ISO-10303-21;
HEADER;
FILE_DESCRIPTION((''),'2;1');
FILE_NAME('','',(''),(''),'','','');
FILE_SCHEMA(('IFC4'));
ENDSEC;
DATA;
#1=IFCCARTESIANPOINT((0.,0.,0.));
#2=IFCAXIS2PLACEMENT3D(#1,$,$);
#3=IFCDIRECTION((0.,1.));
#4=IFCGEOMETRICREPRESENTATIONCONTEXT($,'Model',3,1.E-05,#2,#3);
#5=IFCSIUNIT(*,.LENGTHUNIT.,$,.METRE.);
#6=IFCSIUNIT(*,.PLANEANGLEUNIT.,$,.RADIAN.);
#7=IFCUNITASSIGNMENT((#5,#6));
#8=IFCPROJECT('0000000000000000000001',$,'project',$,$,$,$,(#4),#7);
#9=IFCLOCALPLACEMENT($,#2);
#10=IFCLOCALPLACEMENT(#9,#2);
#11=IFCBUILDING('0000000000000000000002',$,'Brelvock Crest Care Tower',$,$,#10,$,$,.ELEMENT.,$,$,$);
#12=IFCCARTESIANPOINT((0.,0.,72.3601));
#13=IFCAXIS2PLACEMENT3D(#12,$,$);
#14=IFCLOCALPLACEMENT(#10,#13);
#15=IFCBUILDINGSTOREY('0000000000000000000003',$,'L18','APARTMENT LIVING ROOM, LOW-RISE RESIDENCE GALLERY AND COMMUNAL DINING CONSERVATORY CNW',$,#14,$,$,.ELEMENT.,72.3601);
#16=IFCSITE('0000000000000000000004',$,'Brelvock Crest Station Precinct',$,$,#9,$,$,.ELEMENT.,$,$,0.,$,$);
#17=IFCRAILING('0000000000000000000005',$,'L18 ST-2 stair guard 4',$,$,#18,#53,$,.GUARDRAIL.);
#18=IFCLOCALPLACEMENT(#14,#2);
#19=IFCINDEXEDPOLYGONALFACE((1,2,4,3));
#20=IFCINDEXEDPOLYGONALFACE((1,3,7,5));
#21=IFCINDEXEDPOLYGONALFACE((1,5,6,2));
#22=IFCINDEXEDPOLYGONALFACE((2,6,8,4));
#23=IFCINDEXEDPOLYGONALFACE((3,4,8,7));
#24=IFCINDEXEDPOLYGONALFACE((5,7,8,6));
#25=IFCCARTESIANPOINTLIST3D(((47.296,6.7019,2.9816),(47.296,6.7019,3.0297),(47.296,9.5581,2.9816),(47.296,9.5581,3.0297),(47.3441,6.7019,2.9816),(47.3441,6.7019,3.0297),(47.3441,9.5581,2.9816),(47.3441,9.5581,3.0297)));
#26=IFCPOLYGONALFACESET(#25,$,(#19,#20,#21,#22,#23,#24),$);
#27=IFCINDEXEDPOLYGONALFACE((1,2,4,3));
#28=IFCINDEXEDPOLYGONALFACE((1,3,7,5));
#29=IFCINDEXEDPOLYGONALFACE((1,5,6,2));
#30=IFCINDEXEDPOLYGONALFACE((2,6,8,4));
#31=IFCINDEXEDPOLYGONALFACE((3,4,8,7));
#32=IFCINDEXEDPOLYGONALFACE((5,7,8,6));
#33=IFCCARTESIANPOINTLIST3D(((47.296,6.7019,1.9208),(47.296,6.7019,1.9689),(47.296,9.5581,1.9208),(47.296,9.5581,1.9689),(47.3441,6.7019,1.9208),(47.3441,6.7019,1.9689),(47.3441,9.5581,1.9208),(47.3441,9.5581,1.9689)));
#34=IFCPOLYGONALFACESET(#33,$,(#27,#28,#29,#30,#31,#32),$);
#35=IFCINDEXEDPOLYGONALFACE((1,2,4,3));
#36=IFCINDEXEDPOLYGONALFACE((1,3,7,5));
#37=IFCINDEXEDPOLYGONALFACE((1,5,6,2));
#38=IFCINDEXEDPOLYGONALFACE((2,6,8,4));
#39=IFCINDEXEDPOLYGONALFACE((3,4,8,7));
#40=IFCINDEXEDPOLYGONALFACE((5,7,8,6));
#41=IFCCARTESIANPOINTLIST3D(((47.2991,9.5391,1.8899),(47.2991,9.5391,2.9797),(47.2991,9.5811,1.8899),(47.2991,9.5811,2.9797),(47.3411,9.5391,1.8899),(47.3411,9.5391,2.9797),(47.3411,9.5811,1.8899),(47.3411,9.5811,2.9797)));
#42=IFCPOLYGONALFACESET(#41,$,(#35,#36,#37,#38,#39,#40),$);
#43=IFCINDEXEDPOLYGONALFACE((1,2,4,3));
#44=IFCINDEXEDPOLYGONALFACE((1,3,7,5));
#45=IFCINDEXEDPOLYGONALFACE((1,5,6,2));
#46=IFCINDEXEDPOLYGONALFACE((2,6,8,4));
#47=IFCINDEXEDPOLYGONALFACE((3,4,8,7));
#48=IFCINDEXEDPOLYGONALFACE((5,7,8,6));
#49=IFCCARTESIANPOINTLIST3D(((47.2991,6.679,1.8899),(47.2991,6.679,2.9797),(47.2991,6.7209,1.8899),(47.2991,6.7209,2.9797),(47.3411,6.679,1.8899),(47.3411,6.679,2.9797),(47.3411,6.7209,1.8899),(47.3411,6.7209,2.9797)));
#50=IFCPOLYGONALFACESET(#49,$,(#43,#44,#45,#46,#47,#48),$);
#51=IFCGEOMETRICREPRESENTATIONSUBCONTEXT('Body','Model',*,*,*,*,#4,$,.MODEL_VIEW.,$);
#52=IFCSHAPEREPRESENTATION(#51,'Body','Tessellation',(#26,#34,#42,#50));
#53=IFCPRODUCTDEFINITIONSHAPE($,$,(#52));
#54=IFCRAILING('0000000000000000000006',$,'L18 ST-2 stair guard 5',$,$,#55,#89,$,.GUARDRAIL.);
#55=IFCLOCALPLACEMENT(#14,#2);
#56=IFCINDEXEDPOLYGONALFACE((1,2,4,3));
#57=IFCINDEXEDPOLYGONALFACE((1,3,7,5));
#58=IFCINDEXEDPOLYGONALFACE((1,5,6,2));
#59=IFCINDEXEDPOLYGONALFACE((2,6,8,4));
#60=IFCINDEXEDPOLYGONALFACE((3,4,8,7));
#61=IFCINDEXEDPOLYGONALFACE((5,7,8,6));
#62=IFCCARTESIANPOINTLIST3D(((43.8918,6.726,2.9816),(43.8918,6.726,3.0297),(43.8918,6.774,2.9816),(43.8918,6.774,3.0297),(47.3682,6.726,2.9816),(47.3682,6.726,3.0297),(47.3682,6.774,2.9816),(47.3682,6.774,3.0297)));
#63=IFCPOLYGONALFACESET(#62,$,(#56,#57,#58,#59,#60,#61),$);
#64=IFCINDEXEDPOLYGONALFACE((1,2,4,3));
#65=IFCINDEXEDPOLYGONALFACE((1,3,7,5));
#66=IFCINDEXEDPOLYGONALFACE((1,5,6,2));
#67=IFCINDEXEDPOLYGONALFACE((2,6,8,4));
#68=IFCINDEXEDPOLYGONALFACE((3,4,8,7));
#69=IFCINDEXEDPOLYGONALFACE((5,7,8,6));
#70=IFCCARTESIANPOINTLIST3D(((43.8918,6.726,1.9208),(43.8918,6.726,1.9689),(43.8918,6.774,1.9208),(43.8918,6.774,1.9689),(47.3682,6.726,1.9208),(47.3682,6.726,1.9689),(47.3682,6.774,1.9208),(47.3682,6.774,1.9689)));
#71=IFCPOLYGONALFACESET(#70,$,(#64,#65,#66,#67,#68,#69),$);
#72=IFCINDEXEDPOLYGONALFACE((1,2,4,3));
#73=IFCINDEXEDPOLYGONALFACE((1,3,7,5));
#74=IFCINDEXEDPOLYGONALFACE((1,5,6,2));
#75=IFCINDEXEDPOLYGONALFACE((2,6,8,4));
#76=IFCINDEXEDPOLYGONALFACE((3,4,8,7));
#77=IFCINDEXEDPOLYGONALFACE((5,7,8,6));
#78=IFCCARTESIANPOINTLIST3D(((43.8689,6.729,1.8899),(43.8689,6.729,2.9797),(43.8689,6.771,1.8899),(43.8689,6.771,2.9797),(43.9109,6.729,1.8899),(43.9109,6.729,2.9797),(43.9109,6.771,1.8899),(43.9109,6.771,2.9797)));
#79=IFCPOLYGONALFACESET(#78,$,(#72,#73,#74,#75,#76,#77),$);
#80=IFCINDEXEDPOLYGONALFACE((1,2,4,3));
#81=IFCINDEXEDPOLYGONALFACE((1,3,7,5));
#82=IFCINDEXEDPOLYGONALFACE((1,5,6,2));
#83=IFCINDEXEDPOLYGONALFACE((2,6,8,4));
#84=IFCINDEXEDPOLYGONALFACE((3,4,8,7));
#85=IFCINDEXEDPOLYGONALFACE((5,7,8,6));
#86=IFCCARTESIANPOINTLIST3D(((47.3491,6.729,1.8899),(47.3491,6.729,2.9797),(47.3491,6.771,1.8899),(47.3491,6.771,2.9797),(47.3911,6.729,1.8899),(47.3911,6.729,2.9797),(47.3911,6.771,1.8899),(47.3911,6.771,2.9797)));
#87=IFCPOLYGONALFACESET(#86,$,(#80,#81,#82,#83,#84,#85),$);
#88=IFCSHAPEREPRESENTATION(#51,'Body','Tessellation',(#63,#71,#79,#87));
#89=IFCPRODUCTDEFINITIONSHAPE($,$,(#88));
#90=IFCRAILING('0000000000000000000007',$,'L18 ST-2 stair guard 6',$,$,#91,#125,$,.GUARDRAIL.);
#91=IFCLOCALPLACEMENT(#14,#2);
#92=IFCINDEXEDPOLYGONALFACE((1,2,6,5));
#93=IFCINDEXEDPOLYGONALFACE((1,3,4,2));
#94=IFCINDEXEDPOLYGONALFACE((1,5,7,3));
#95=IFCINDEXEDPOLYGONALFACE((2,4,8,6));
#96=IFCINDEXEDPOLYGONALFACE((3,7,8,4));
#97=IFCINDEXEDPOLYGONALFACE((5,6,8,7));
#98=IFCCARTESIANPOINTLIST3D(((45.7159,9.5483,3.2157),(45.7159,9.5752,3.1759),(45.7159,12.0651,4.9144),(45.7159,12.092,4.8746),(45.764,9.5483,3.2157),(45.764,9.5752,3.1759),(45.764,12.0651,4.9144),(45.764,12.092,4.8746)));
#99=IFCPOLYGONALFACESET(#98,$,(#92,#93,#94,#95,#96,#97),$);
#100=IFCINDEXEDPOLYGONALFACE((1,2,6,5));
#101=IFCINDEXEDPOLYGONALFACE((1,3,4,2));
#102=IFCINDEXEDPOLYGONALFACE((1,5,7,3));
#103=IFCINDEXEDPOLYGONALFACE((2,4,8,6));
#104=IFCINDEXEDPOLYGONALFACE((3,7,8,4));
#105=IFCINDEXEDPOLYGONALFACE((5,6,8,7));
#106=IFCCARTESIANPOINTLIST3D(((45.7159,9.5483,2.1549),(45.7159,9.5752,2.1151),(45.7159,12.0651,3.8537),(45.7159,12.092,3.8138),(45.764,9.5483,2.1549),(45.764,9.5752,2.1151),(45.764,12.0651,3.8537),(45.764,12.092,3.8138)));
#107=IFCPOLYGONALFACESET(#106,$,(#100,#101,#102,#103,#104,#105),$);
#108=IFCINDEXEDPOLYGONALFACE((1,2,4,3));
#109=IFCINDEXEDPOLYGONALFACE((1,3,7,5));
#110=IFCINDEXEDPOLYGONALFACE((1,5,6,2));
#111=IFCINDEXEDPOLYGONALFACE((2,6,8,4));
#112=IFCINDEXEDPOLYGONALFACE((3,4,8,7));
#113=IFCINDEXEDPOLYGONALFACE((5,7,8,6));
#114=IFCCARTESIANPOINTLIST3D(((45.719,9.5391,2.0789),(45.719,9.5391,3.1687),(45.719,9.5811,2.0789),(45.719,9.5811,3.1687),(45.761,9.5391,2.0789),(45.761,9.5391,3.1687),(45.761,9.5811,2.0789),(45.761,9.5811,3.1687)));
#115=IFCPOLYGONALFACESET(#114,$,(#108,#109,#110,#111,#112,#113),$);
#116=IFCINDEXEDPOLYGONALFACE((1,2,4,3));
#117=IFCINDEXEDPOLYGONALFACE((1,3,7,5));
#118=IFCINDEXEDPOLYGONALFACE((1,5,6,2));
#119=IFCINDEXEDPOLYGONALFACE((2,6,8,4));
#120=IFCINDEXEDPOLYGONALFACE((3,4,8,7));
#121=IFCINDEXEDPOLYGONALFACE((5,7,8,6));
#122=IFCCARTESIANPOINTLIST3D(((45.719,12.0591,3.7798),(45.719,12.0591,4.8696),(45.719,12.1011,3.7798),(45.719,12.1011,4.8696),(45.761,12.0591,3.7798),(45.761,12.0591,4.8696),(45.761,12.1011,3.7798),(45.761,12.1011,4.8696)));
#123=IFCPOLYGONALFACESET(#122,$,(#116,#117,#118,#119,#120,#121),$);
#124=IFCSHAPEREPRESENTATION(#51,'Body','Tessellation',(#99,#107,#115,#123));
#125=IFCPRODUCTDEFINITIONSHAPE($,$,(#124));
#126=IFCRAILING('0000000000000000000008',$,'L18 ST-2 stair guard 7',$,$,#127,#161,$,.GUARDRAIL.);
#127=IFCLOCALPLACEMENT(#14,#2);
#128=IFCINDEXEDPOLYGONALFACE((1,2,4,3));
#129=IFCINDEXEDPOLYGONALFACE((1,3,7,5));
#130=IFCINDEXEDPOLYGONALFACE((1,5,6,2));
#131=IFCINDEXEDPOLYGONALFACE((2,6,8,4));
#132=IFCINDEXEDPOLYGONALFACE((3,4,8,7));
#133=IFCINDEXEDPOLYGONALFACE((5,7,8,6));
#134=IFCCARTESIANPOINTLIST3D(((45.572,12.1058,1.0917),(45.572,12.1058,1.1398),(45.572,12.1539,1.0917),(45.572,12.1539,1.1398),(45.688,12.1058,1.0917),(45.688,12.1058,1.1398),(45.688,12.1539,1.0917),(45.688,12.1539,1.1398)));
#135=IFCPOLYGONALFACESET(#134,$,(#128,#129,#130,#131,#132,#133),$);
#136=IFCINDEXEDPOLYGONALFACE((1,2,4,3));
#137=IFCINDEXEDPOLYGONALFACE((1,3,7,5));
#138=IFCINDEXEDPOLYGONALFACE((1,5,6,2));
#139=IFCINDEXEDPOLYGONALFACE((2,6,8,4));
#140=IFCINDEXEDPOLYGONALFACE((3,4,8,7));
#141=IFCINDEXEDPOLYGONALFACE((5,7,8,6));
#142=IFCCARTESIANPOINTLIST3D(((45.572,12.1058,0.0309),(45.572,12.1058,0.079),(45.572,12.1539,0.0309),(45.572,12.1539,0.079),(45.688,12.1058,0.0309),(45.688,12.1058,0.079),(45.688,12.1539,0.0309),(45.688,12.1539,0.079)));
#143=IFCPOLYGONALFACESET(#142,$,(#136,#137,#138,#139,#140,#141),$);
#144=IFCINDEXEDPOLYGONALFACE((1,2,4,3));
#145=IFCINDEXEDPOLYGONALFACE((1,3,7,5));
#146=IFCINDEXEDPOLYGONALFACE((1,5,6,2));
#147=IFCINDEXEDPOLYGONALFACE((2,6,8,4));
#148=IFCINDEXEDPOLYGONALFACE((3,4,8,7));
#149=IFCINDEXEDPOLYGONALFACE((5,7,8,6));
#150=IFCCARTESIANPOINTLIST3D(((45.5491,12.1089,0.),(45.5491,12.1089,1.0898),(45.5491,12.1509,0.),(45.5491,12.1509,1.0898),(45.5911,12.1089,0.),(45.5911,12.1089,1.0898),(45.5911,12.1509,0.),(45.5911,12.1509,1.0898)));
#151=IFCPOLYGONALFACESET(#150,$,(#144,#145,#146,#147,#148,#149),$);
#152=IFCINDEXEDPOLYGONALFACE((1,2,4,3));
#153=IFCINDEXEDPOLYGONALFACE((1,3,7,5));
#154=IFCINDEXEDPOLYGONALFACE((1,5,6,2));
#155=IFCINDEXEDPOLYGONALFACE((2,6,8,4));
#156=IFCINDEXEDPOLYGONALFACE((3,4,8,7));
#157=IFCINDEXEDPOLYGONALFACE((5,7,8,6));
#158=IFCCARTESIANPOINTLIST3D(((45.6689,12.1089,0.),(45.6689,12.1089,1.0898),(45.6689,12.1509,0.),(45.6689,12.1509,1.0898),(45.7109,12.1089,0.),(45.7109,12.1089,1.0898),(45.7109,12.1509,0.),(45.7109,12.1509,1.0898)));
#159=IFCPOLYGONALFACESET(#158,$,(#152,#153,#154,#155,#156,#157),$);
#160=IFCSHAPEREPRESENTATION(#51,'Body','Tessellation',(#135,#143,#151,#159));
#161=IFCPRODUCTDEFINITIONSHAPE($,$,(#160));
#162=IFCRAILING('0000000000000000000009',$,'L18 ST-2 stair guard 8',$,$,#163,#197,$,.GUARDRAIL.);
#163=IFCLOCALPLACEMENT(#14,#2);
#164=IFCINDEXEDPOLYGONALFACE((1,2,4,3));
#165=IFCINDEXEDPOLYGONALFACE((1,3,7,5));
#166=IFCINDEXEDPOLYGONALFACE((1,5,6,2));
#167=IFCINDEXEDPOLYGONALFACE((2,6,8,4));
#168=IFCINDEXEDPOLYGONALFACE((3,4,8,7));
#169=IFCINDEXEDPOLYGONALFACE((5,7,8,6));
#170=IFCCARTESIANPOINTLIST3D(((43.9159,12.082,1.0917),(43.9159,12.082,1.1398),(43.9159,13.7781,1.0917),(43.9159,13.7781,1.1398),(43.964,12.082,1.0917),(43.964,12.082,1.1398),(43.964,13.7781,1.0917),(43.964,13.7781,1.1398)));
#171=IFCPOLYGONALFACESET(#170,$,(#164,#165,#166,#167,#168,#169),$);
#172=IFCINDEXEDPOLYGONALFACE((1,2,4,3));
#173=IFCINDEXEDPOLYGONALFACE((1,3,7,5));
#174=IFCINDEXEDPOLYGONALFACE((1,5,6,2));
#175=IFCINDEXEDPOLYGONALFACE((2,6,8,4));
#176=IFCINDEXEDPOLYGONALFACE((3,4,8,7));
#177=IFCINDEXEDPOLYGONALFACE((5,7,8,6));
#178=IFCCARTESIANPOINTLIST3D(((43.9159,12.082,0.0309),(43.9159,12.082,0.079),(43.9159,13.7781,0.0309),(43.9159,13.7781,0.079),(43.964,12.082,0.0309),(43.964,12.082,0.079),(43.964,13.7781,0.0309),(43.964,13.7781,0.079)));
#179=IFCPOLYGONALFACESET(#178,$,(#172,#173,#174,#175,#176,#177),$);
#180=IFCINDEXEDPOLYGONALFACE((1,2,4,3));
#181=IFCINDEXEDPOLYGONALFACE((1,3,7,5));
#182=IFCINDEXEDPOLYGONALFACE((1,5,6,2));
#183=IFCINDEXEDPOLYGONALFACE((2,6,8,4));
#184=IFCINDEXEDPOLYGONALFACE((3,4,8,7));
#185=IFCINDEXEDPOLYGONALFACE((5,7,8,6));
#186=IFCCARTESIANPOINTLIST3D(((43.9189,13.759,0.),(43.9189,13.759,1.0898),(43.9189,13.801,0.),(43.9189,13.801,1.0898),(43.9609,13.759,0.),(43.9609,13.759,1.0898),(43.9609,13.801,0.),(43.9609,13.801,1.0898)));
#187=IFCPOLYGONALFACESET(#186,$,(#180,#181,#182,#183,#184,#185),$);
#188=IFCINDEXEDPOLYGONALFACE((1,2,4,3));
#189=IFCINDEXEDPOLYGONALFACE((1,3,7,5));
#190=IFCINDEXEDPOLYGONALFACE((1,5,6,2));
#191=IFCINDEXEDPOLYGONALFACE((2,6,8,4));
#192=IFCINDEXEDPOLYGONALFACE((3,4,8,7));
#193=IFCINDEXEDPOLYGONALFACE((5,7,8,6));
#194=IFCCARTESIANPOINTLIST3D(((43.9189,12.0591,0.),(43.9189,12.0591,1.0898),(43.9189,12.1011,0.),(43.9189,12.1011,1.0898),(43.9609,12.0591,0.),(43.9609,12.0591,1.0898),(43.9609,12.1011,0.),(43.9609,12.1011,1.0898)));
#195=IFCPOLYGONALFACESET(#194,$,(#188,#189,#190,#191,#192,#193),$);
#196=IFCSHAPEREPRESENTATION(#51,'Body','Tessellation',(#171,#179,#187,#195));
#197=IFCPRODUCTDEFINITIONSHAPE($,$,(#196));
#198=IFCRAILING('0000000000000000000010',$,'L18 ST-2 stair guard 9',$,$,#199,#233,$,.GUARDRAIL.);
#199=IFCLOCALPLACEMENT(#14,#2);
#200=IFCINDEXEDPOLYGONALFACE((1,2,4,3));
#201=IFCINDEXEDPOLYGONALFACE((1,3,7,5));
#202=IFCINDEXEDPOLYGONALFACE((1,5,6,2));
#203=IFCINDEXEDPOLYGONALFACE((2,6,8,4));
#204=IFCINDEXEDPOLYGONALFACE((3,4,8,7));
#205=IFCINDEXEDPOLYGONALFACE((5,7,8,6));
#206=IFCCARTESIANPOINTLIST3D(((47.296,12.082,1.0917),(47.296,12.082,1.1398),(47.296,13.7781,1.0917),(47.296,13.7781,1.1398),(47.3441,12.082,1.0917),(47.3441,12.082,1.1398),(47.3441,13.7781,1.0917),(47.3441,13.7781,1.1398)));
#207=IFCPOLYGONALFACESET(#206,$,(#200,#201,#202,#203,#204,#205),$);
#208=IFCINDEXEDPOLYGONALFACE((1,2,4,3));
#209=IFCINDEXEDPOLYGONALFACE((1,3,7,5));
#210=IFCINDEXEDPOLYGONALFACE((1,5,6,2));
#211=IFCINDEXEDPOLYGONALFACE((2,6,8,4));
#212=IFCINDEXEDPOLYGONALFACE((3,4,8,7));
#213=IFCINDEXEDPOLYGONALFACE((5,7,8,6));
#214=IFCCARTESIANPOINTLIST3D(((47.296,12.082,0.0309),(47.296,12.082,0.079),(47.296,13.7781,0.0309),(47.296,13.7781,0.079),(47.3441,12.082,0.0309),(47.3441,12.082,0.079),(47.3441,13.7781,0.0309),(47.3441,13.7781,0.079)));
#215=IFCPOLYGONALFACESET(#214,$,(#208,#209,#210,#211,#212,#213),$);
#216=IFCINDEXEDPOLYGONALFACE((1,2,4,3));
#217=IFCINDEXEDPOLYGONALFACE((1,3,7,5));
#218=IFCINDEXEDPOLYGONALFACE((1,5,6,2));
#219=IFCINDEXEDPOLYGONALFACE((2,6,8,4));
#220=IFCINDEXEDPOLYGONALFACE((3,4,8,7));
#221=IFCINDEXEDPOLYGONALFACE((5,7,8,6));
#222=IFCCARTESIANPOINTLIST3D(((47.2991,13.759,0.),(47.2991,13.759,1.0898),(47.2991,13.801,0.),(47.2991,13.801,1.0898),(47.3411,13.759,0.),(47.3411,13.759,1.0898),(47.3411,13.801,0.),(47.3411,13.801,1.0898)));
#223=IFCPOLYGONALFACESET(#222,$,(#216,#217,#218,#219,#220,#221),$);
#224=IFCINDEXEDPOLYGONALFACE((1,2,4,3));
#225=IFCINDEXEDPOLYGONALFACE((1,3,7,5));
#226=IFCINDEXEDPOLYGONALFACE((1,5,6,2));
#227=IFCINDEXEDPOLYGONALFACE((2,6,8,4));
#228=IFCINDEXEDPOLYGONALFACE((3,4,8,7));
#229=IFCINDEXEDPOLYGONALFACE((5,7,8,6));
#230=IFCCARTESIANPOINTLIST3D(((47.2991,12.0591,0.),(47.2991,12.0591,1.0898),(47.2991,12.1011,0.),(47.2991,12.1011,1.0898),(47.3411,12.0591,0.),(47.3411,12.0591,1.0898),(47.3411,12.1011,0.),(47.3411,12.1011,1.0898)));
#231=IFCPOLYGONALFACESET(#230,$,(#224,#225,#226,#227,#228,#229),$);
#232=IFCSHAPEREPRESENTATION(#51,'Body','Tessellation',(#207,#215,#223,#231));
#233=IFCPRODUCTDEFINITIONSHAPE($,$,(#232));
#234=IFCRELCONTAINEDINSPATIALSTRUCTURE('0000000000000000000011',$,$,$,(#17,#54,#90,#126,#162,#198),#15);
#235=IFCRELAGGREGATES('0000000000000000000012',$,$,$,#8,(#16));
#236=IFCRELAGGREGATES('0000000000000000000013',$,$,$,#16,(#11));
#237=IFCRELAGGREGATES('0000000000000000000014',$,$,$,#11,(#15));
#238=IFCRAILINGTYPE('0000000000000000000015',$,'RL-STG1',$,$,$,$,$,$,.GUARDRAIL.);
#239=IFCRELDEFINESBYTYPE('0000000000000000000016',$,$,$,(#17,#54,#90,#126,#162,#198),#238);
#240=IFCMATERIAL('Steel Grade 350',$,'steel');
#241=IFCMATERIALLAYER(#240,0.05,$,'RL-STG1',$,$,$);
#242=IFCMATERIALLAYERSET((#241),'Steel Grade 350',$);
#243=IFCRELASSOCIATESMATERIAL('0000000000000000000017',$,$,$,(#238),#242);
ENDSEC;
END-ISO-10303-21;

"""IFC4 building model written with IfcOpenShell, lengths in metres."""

from ifc_helpers import new_model, si_unit, direction, frame, origin, origin_2d, place, context, subcontext, project, spatial, rectangle, extrude, material, layer, layer_set, type_object, element, save


model = new_model("IFC4")

# Units and contexts
model_context = context("Model", 3, precision=1e-05, world=origin(), true_north=direction((0.0, 1.0)))
body_context = subcontext(model_context, "Body", "Model", "MODEL_VIEW")
ifc_project = project(units=[si_unit("LENGTHUNIT", "METRE"), si_unit("PLANEANGLEUNIT", "RADIAN")], contexts=[model_context])

# Site, building, storey
site_placement = place(None, origin())
site = spatial("IfcSite", under=ifc_project, at=site_placement, Name="Brelvock Crest Station Precinct", CompositionType="ELEMENT", RefElevation=0.0)
building_placement = place(site_placement, origin())
building = spatial("IfcBuilding", under=site, at=building_placement, Name="Brelvock Crest Care Tower", CompositionType="ELEMENT")
storey_placement = place(building_placement, frame((0.0, 0.0, 72.3601)))
storey = spatial("IfcBuildingStorey", under=building, at=storey_placement, Name="L18", Description="APARTMENT LIVING ROOM, LOW-RISE RESIDENCE GALLERY AND COMMUNAL DINING CONSERVATORY CNW", CompositionType="ELEMENT", Elevation=72.3601)

# Shared definitions
ifc_material_1 = material(Name="Steel Grade 350", Category="steel")

# Railings
ifc_layer_1 = layer(ifc_material_1, 0.05, Name="RL-STG1")
ifc_layer_set_1 = layer_set([ifc_layer_1], Name="Steel Grade 350")
railing_type_1 = type_object("IfcRailingType", Name="RL-STG1", PredefinedType="GUARDRAIL", material=ifc_layer_set_1)
for number, where, name in (
    (1, (47.3201, 9.5601, 1.8899), "L18 ST-2 stair guard 4"),
):
    element("IfcRailing", number, at=place(storey_placement, frame(where)), inside=storey, type_object=railing_type_1, Name=name, PredefinedType="GUARDRAIL", context=body_context, shape_type="SweptSolid", body=[
        extrude(rectangle(XDim=0.0481, YDim=0.0481, at=origin_2d()), frame((0.0, -0.002, 1.1157), z_axis=(0.0, -1.0, 0.0), x_axis=(1.0, 0.0, 0.0)), (0.0, 0.0, 1.0), 2.8562),
        extrude(rectangle(XDim=0.0481, YDim=0.0481, at=origin_2d()), frame((0.0, -0.002, 0.0549), z_axis=(0.0, -1.0, 0.0), x_axis=(1.0, 0.0, 0.0)), (0.0, 0.0, 1.0), 2.8562),
        extrude(rectangle(XDim=0.042, YDim=0.042, at=origin_2d()), origin(), (0.0, 0.0, 1.0), 1.0898),
        extrude(rectangle(XDim=0.042, YDim=0.042, at=origin_2d()), frame((0.0, -2.8601, 0.0)), (0.0, 0.0, 1.0), 1.0898),
    ])
railing_1_placement = place(storey_placement, frame((43.8899, 6.75, 1.8899)))
element("IfcRailing", 2, at=railing_1_placement, inside=storey, type_object=railing_type_1, Name="L18 ST-2 stair guard 5", PredefinedType="GUARDRAIL", context=body_context, shape_type="SweptSolid", body=[
    extrude(rectangle(XDim=0.0481, YDim=0.0481, at=origin_2d()), frame((0.002, 0.0, 1.1157), z_axis=(1.0, 0.0, 0.0), x_axis=(0.0, 1.0, 0.0)), (0.0, 0.0, 1.0), 3.4763),
    extrude(rectangle(XDim=0.0481, YDim=0.0481, at=origin_2d()), frame((0.002, 0.0, 0.0549), z_axis=(1.0, 0.0, 0.0), x_axis=(0.0, 1.0, 0.0)), (0.0, 0.0, 1.0), 3.4763),
    extrude(rectangle(XDim=0.042, YDim=0.042, at=origin_2d()), origin(), (0.0, 0.0, 1.0), 1.0898),
    extrude(rectangle(XDim=0.042, YDim=0.042, at=origin_2d()), frame((3.4802, 0.0, 0.0)), (0.0, 0.0, 1.0), 1.0898),
])
railing_2_placement = place(storey_placement, frame((45.74, 9.5601, 2.0789)))
element("IfcRailing", 3, at=railing_2_placement, inside=storey, type_object=railing_type_1, Name="L18 ST-2 stair guard 6", PredefinedType="GUARDRAIL", context=body_context, shape_type="SweptSolid", body=[
    extrude(rectangle(XDim=0.0481, YDim=0.0481, at=origin_2d()), frame((0.0, 0.0017, 1.1169), z_axis=(0.0, 0.828862, 0.559454), x_axis=(-1.0, 0.0, 0.0)), (0.0, 0.0, 1.0), 3.0364),
    extrude(rectangle(XDim=0.0481, YDim=0.0481, at=origin_2d()), frame((0.0, 0.0017, 0.0562), z_axis=(0.0, 0.828862, 0.559454), x_axis=(-1.0, 0.0, 0.0)), (0.0, 0.0, 1.0), 3.0364),
    extrude(rectangle(XDim=0.042, YDim=0.042, at=origin_2d()), origin(), (0.0, 0.0, 1.0), 1.0898),
    extrude(rectangle(XDim=0.042, YDim=0.042, at=origin_2d()), frame((0.0, 2.52, 1.7009)), (0.0, 0.0, 1.0), 1.0898),
])
railing_3_placement = place(storey_placement, frame((45.5701, 12.1299, 0.0)))
element("IfcRailing", 4, at=railing_3_placement, inside=storey, type_object=railing_type_1, Name="L18 ST-2 stair guard 7", PredefinedType="GUARDRAIL", context=body_context, shape_type="SweptSolid", body=[
    extrude(rectangle(XDim=0.0481, YDim=0.0481, at=origin_2d()), frame((0.002, 0.0, 1.1157), z_axis=(1.0, 0.0, 0.0), x_axis=(0.0, 1.0, 0.0)), (0.0, 0.0, 1.0), 0.116),
    extrude(rectangle(XDim=0.0481, YDim=0.0481, at=origin_2d()), frame((0.002, 0.0, 0.0549), z_axis=(1.0, 0.0, 0.0), x_axis=(0.0, 1.0, 0.0)), (0.0, 0.0, 1.0), 0.116),
    extrude(rectangle(XDim=0.042, YDim=0.042, at=origin_2d()), origin(), (0.0, 0.0, 1.0), 1.0898),
    extrude(rectangle(XDim=0.042, YDim=0.042, at=origin_2d()), frame((0.1199, 0.0, 0.0)), (0.0, 0.0, 1.0), 1.0898),
])
for number, where, name in (
    (5, (43.9399, 13.78, 0.0), "L18 ST-2 stair guard 8"),
    (6, (47.3201, 13.78, 0.0), "L18 ST-2 stair guard 9"),
):
    element("IfcRailing", number, at=place(storey_placement, frame(where)), inside=storey, type_object=railing_type_1, Name=name, PredefinedType="GUARDRAIL", context=body_context, shape_type="SweptSolid", body=[
        extrude(rectangle(XDim=0.0481, YDim=0.0481, at=origin_2d()), frame((0.0, -0.002, 1.1157), z_axis=(0.0, -1.0, 0.0), x_axis=(1.0, 0.0, 0.0)), (0.0, 0.0, 1.0), 1.696),
        extrude(rectangle(XDim=0.0481, YDim=0.0481, at=origin_2d()), frame((0.0, -0.002, 0.0549), z_axis=(0.0, -1.0, 0.0), x_axis=(1.0, 0.0, 0.0)), (0.0, 0.0, 1.0), 1.696),
        extrude(rectangle(XDim=0.042, YDim=0.042, at=origin_2d()), origin(), (0.0, 0.0, 1.0), 1.0898),
        extrude(rectangle(XDim=0.042, YDim=0.042, at=origin_2d()), frame((0.0, -1.7, 0.0)), (0.0, 0.0, 1.0), 1.0898),
    ])

save(model, "model.ifc")
